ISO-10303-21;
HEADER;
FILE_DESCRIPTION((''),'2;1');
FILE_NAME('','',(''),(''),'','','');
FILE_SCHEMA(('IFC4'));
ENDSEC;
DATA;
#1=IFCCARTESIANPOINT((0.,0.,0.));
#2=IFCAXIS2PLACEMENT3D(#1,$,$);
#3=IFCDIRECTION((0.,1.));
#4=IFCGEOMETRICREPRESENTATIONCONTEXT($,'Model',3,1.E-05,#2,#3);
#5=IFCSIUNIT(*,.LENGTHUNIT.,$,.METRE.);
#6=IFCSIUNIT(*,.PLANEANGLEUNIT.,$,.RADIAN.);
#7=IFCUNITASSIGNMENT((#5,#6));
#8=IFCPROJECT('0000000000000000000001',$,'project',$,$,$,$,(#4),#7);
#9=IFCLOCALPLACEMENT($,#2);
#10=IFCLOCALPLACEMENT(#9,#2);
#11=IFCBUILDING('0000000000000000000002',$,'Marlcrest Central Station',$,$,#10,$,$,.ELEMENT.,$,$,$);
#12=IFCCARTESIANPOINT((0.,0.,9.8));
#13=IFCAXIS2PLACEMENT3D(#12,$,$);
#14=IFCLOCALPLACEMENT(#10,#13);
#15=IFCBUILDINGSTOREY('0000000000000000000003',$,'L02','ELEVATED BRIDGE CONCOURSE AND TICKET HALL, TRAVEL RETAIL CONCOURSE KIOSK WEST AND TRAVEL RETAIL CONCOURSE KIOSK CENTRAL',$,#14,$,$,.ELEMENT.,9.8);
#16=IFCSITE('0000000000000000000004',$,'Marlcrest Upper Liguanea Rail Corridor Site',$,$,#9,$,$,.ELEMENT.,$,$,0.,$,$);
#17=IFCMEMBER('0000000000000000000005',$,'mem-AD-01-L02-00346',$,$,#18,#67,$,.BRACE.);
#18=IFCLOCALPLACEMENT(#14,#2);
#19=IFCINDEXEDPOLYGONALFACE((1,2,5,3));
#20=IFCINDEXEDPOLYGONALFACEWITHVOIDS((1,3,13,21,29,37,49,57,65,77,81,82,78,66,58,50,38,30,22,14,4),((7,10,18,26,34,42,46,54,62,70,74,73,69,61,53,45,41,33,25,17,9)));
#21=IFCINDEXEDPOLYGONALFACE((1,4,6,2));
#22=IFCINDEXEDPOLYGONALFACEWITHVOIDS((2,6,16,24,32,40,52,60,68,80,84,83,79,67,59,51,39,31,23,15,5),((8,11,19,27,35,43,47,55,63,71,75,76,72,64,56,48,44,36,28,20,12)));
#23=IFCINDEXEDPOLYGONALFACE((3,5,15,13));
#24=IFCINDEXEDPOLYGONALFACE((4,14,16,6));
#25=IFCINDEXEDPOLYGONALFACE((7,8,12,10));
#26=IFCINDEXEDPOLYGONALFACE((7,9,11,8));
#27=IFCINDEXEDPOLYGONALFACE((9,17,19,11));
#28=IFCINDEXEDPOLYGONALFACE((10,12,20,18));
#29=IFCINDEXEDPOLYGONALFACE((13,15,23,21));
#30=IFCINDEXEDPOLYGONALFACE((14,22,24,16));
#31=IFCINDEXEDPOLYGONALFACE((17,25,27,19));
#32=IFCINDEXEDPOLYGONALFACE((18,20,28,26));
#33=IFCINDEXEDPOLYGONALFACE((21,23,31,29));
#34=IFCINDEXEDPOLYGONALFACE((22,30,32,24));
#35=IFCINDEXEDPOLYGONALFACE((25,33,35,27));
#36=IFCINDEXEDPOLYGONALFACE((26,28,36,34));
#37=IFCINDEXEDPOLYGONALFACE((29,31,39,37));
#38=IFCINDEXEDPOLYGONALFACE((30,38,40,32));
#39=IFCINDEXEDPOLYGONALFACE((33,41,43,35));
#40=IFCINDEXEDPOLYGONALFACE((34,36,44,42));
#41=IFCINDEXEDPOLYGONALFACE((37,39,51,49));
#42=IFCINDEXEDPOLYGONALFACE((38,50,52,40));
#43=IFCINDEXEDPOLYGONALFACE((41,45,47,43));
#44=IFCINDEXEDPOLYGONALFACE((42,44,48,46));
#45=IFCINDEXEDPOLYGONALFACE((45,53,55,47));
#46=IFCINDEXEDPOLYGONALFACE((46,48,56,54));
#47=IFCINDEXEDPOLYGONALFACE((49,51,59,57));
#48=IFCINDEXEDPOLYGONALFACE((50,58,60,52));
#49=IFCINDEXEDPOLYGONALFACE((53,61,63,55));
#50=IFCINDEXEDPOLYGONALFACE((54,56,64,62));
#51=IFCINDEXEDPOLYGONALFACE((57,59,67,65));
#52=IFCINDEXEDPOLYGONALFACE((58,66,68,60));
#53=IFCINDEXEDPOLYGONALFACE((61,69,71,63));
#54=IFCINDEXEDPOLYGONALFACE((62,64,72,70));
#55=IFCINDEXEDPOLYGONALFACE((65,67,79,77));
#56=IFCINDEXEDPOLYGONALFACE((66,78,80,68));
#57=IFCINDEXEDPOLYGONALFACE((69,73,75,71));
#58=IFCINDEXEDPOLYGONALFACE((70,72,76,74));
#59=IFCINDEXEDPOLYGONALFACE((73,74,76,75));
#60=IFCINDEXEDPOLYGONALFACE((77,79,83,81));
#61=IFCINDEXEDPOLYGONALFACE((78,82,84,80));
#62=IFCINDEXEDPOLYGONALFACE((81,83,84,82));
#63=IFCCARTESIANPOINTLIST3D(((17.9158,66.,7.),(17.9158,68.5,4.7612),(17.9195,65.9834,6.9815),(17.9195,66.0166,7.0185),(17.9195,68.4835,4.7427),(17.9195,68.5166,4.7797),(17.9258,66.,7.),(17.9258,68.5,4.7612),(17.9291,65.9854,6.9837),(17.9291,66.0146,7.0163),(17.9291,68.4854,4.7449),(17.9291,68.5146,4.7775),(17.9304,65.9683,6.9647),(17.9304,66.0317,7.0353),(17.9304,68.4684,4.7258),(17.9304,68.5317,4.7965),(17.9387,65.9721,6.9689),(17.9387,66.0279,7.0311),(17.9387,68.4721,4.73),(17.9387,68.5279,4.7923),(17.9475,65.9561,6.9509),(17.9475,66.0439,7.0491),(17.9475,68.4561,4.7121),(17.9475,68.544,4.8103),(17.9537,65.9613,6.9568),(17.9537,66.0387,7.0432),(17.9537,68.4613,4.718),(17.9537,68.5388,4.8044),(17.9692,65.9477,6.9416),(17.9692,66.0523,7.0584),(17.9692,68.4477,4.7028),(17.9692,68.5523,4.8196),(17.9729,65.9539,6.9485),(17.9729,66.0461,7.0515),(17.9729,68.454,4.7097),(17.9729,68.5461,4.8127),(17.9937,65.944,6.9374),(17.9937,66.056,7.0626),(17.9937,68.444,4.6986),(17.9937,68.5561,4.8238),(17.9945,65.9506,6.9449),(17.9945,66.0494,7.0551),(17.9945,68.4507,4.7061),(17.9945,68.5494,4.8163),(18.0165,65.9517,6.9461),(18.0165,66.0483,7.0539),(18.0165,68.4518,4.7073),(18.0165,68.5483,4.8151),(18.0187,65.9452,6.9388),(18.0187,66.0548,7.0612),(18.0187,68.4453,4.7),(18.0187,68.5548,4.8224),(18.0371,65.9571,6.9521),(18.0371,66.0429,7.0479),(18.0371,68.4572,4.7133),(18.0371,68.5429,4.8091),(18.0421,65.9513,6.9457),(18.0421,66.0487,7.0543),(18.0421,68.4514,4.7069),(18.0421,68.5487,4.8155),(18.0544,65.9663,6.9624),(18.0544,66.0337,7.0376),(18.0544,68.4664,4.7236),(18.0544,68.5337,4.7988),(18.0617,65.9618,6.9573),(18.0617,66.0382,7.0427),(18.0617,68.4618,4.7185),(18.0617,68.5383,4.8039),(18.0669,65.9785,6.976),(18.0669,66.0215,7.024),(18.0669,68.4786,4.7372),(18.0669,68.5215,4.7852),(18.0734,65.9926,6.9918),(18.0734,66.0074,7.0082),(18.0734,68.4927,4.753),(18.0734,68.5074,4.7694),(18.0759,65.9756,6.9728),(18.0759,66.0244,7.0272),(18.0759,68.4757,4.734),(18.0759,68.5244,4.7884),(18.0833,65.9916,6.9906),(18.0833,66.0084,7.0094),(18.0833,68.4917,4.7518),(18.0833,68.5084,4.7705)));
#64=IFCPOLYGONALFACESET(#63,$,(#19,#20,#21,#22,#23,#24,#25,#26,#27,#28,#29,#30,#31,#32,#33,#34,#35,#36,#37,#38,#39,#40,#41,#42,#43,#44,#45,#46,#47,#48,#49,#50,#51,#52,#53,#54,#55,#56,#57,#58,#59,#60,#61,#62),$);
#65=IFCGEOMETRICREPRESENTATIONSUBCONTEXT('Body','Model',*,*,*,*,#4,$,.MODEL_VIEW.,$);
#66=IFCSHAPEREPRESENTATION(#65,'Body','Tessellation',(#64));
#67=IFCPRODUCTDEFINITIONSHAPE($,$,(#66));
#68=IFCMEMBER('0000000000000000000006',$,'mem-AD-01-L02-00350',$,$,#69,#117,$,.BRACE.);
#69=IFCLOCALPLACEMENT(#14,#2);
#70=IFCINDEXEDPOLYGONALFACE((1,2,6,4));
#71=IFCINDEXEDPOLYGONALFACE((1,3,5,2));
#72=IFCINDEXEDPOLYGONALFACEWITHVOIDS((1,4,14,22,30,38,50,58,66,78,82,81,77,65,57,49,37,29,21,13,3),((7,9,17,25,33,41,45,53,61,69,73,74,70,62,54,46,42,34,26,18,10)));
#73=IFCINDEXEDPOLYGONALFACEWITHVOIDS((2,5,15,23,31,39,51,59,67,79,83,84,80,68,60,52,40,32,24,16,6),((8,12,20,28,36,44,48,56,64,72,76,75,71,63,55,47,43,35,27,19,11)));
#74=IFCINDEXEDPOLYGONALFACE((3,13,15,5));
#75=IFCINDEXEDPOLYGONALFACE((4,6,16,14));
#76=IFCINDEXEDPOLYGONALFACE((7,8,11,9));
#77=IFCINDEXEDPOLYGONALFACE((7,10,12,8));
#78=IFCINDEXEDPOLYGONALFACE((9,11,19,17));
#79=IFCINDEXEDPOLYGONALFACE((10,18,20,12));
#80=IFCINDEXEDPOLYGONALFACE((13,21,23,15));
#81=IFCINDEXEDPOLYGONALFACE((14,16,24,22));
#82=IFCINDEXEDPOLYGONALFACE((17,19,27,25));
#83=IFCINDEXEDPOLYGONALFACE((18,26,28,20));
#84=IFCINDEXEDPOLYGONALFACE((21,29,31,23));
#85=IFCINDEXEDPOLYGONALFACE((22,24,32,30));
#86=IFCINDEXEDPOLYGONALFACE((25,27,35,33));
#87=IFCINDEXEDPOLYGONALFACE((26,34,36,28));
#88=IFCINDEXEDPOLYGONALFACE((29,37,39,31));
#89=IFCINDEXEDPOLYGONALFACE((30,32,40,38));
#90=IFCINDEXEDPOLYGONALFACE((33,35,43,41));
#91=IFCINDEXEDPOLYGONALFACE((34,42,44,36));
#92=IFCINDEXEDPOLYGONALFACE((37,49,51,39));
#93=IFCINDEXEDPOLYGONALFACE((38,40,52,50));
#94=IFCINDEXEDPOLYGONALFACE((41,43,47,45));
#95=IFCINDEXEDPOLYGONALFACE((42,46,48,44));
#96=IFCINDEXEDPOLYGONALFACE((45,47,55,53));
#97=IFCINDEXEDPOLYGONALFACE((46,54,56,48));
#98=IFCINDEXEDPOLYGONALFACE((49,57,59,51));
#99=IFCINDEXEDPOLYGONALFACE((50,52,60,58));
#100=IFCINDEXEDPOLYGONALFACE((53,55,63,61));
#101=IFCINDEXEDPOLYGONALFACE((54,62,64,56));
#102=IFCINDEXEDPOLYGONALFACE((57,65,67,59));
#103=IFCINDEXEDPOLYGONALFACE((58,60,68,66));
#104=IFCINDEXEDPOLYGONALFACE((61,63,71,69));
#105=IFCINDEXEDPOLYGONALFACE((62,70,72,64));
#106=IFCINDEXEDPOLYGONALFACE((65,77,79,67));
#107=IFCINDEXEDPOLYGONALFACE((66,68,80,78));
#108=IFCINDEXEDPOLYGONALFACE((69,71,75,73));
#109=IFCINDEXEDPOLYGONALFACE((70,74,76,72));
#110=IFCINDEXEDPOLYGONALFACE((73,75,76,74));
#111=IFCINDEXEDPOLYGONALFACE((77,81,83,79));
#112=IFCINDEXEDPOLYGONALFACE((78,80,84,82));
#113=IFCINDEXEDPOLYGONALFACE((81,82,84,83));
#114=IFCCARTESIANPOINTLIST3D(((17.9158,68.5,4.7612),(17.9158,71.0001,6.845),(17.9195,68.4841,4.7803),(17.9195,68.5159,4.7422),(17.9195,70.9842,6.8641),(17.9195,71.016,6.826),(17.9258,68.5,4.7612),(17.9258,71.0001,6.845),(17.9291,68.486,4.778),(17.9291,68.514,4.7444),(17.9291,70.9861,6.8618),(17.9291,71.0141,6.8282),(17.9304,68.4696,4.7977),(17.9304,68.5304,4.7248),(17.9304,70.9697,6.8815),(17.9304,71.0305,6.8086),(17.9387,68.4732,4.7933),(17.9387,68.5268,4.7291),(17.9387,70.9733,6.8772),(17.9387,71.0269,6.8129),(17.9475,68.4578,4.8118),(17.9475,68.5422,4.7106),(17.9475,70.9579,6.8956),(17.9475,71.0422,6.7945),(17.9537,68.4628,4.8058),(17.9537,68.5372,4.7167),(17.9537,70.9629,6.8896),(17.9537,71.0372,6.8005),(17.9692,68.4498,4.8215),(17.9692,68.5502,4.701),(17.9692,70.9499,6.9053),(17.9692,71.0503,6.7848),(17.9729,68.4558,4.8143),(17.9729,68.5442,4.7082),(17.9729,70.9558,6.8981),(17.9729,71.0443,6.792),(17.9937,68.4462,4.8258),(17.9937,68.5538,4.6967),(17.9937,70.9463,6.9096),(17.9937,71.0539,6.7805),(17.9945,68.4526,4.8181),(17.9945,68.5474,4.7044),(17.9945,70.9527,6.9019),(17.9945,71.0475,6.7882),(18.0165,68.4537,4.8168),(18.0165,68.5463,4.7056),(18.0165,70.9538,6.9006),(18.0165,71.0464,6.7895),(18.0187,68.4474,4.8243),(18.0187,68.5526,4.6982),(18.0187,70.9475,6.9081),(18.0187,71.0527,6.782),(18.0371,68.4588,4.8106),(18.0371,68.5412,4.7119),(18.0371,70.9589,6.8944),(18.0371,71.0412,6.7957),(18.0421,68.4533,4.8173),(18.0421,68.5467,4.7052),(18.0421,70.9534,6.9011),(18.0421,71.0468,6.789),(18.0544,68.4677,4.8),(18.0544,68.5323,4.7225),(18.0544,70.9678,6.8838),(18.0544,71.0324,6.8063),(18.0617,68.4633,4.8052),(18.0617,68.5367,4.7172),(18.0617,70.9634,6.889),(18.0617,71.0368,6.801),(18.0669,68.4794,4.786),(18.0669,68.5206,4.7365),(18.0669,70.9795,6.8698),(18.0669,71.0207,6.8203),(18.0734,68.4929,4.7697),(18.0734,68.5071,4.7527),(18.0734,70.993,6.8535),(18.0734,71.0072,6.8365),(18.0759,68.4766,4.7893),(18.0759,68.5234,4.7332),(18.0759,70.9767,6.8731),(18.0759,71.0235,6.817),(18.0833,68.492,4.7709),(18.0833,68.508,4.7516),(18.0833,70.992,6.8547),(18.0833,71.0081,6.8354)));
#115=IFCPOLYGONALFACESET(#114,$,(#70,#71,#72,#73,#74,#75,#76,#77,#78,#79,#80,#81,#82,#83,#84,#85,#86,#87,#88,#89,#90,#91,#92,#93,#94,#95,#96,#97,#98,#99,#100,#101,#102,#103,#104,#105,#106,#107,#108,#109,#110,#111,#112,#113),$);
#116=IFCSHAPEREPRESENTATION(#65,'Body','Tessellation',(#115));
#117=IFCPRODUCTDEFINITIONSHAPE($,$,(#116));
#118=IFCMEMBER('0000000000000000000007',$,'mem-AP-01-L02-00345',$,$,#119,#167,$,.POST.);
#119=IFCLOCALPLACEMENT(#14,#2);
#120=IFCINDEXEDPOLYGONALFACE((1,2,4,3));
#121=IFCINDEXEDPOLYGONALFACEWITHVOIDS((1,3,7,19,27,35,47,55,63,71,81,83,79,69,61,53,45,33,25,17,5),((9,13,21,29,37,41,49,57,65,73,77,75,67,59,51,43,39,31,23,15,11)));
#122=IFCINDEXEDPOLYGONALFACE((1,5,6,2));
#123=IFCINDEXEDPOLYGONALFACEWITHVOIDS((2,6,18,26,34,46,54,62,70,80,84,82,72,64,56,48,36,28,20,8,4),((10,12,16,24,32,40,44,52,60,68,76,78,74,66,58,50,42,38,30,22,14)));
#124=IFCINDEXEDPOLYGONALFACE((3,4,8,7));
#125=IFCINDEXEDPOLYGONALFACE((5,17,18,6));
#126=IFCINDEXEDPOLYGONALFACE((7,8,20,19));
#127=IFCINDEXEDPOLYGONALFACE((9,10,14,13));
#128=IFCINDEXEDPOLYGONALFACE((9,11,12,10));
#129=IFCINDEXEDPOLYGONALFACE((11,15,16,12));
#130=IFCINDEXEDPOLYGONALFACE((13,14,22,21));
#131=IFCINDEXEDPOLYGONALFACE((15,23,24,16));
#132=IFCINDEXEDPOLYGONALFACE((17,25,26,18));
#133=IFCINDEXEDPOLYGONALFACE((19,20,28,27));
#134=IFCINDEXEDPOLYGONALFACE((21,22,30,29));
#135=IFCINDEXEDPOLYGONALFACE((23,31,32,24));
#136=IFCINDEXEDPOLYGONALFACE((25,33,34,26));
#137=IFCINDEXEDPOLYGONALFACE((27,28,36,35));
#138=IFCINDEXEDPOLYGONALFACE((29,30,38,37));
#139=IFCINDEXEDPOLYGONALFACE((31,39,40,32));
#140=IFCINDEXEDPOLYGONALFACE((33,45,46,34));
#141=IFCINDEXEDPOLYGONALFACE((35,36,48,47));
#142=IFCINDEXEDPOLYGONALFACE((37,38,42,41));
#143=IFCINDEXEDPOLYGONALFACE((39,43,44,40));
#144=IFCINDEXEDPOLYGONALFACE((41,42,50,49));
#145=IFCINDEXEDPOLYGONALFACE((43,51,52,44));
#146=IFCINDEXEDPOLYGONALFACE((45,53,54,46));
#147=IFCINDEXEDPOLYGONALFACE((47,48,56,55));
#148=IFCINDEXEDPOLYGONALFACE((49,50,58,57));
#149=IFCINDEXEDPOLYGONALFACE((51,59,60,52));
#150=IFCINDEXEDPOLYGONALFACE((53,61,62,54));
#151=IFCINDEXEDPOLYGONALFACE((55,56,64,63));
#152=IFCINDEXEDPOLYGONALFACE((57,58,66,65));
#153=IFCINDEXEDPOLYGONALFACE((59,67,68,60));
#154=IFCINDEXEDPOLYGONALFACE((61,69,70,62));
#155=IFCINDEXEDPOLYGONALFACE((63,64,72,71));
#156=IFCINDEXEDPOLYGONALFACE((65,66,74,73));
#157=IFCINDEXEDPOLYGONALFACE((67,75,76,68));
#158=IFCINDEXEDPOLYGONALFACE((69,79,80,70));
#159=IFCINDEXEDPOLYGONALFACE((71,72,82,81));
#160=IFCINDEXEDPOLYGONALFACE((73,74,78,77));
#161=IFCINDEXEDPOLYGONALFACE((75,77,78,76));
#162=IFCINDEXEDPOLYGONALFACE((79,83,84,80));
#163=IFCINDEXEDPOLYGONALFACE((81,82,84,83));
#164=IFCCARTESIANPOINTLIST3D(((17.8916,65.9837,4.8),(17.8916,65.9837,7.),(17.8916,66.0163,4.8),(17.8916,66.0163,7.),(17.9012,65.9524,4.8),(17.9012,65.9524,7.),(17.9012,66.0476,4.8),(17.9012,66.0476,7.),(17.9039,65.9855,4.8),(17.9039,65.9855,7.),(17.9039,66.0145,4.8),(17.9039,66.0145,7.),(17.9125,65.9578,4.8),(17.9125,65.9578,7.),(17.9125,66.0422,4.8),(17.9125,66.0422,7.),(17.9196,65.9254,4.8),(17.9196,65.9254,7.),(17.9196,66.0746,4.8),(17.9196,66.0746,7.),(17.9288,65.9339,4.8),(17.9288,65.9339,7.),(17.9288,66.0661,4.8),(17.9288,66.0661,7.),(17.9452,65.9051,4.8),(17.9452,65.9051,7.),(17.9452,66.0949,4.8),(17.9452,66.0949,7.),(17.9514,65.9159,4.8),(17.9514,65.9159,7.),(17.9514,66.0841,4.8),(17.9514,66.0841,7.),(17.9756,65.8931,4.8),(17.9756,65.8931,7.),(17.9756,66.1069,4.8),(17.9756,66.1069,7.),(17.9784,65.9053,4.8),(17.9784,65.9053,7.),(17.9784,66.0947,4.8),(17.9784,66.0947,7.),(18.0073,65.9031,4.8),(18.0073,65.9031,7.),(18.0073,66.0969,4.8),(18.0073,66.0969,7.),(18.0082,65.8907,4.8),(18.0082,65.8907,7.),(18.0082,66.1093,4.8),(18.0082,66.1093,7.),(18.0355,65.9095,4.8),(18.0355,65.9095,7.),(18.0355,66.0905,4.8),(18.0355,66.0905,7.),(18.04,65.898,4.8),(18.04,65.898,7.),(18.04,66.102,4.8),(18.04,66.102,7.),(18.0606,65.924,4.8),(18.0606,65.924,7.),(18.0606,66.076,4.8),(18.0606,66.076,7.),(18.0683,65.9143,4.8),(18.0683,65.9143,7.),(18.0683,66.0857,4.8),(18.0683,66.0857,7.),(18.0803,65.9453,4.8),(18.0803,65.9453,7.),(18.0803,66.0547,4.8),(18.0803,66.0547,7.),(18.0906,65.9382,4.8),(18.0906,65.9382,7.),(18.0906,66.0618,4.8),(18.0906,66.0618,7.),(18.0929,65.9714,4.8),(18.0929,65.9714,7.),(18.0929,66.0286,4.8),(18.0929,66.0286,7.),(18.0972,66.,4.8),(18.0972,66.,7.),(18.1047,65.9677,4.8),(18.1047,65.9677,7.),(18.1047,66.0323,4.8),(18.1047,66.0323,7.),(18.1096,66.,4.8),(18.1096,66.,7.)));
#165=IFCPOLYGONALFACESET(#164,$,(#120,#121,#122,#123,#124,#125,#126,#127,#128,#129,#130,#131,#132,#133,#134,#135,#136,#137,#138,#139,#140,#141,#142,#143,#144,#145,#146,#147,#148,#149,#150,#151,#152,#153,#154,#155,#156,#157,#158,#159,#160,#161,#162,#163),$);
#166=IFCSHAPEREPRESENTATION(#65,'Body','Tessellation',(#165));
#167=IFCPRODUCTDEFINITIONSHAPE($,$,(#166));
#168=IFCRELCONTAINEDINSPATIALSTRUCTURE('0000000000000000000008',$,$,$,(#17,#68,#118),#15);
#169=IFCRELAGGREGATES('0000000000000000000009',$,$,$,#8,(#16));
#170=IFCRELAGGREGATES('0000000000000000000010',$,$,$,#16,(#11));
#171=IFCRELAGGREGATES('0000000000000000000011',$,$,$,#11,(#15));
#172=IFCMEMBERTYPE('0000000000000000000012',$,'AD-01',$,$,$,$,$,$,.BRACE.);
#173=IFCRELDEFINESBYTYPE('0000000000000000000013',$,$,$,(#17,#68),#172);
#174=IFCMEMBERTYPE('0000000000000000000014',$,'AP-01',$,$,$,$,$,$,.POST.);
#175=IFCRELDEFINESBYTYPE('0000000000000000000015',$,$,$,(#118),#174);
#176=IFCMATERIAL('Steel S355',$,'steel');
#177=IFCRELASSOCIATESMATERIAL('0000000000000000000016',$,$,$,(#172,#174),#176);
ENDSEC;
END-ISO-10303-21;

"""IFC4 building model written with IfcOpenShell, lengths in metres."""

from ifc_helpers import new_model, si_unit, direction, frame, origin, origin_2d, place, context, subcontext, project, spatial, hollow_circle, extrude, material, material_profile, profile_set, type_object, element, save


model = new_model("IFC4")

# Units and contexts
model_context = context("Model", 3, precision=1e-05, world=origin(), true_north=direction((0.0, 1.0)))
body_context = subcontext(model_context, "Body", "Model", "MODEL_VIEW")
ifc_project = project(units=[si_unit("LENGTHUNIT", "METRE"), si_unit("PLANEANGLEUNIT", "RADIAN")], contexts=[model_context])

# Site, building, storey
site_placement = place(None, origin())
site = spatial("IfcSite", under=ifc_project, at=site_placement, Name="Marlcrest Upper Liguanea Rail Corridor Site", CompositionType="ELEMENT", RefElevation=0.0)
building_placement = place(site_placement, origin())
building = spatial("IfcBuilding", under=site, at=building_placement, Name="Marlcrest Central Station", CompositionType="ELEMENT")
storey_placement = place(building_placement, frame((0.0, 0.0, 9.8)))
storey = spatial("IfcBuildingStorey", under=building, at=storey_placement, Name="L02", Description="ELEVATED BRIDGE CONCOURSE AND TICKET HALL, TRAVEL RETAIL CONCOURSE KIOSK WEST AND TRAVEL RETAIL CONCOURSE KIOSK CENTRAL", CompositionType="ELEMENT", Elevation=9.8)

# Members
ifc_material = material(Name="Steel S355", Category="steel")
ifc_material_profile_1 = material_profile(ifc_material, hollow_circle(Radius=0.0842, WallThickness=0.01, at=origin_2d()), Name="CHS 168.3x10")
ifc_profile_set_1 = profile_set([ifc_material_profile_1], Name="Steel S355")
member_type_1 = type_object("IfcMemberType", Name="AD-01", PredefinedType="BRACE", material=ifc_profile_set_1)
member_1_placement = place(storey_placement, frame((18.0, 66.0, 7.0), z_axis=(0.0, 0.744956, -0.667114), x_axis=(-1.0, 0.0, 0.0)))
element("IfcMember", 1, at=member_1_placement, inside=storey, type_object=member_type_1, Name="mem-AD-01-L02-00346", PredefinedType="BRACE", context=body_context, shape_type="SweptSolid", body=[
    extrude(hollow_circle(Radius=0.0842, WallThickness=0.01, at=origin_2d()), origin(), (0.0, 0.0, 1.0), 3.356),
])
member_2_placement = place(storey_placement, frame((18.0, 68.5, 4.7612), z_axis=(0.0, 0.76816, 0.640258), x_axis=(-1.0, 0.0, 0.0)))
element("IfcMember", 2, at=member_2_placement, inside=storey, type_object=member_type_1, Name="mem-AD-01-L02-00350", PredefinedType="BRACE", context=body_context, shape_type="SweptSolid", body=[
    extrude(hollow_circle(Radius=0.0842, WallThickness=0.01, at=origin_2d()), origin(), (0.0, 0.0, 1.0), 3.2546),
])
ifc_material_profile_2 = material_profile(ifc_material, hollow_circle(Radius=0.1096, WallThickness=0.0125, at=origin_2d()), Name="CHS 219.1x12.5")
ifc_profile_set_2 = profile_set([ifc_material_profile_2], Name="Steel S355")
member_type_2 = type_object("IfcMemberType", Name="AP-01", PredefinedType="POST", material=ifc_profile_set_2)
for number, where, z_axis, x_axis, name in (
    (3, (18.0, 66.0, 4.8), (0.0, 0.0, 1.0), (1.0, 0.0, 0.0), "mem-AP-01-L02-00345"),
):
    element("IfcMember", number, at=place(storey_placement, frame(where, z_axis=z_axis, x_axis=x_axis)), inside=storey, type_object=member_type_2, Name=name, PredefinedType="POST", context=body_context, shape_type="SweptSolid", body=[
        extrude(hollow_circle(Radius=0.1096, WallThickness=0.0125, at=origin_2d()), origin(), (0.0, 0.0, 1.0), 2.2),
    ])

save(model, "model.ifc")
